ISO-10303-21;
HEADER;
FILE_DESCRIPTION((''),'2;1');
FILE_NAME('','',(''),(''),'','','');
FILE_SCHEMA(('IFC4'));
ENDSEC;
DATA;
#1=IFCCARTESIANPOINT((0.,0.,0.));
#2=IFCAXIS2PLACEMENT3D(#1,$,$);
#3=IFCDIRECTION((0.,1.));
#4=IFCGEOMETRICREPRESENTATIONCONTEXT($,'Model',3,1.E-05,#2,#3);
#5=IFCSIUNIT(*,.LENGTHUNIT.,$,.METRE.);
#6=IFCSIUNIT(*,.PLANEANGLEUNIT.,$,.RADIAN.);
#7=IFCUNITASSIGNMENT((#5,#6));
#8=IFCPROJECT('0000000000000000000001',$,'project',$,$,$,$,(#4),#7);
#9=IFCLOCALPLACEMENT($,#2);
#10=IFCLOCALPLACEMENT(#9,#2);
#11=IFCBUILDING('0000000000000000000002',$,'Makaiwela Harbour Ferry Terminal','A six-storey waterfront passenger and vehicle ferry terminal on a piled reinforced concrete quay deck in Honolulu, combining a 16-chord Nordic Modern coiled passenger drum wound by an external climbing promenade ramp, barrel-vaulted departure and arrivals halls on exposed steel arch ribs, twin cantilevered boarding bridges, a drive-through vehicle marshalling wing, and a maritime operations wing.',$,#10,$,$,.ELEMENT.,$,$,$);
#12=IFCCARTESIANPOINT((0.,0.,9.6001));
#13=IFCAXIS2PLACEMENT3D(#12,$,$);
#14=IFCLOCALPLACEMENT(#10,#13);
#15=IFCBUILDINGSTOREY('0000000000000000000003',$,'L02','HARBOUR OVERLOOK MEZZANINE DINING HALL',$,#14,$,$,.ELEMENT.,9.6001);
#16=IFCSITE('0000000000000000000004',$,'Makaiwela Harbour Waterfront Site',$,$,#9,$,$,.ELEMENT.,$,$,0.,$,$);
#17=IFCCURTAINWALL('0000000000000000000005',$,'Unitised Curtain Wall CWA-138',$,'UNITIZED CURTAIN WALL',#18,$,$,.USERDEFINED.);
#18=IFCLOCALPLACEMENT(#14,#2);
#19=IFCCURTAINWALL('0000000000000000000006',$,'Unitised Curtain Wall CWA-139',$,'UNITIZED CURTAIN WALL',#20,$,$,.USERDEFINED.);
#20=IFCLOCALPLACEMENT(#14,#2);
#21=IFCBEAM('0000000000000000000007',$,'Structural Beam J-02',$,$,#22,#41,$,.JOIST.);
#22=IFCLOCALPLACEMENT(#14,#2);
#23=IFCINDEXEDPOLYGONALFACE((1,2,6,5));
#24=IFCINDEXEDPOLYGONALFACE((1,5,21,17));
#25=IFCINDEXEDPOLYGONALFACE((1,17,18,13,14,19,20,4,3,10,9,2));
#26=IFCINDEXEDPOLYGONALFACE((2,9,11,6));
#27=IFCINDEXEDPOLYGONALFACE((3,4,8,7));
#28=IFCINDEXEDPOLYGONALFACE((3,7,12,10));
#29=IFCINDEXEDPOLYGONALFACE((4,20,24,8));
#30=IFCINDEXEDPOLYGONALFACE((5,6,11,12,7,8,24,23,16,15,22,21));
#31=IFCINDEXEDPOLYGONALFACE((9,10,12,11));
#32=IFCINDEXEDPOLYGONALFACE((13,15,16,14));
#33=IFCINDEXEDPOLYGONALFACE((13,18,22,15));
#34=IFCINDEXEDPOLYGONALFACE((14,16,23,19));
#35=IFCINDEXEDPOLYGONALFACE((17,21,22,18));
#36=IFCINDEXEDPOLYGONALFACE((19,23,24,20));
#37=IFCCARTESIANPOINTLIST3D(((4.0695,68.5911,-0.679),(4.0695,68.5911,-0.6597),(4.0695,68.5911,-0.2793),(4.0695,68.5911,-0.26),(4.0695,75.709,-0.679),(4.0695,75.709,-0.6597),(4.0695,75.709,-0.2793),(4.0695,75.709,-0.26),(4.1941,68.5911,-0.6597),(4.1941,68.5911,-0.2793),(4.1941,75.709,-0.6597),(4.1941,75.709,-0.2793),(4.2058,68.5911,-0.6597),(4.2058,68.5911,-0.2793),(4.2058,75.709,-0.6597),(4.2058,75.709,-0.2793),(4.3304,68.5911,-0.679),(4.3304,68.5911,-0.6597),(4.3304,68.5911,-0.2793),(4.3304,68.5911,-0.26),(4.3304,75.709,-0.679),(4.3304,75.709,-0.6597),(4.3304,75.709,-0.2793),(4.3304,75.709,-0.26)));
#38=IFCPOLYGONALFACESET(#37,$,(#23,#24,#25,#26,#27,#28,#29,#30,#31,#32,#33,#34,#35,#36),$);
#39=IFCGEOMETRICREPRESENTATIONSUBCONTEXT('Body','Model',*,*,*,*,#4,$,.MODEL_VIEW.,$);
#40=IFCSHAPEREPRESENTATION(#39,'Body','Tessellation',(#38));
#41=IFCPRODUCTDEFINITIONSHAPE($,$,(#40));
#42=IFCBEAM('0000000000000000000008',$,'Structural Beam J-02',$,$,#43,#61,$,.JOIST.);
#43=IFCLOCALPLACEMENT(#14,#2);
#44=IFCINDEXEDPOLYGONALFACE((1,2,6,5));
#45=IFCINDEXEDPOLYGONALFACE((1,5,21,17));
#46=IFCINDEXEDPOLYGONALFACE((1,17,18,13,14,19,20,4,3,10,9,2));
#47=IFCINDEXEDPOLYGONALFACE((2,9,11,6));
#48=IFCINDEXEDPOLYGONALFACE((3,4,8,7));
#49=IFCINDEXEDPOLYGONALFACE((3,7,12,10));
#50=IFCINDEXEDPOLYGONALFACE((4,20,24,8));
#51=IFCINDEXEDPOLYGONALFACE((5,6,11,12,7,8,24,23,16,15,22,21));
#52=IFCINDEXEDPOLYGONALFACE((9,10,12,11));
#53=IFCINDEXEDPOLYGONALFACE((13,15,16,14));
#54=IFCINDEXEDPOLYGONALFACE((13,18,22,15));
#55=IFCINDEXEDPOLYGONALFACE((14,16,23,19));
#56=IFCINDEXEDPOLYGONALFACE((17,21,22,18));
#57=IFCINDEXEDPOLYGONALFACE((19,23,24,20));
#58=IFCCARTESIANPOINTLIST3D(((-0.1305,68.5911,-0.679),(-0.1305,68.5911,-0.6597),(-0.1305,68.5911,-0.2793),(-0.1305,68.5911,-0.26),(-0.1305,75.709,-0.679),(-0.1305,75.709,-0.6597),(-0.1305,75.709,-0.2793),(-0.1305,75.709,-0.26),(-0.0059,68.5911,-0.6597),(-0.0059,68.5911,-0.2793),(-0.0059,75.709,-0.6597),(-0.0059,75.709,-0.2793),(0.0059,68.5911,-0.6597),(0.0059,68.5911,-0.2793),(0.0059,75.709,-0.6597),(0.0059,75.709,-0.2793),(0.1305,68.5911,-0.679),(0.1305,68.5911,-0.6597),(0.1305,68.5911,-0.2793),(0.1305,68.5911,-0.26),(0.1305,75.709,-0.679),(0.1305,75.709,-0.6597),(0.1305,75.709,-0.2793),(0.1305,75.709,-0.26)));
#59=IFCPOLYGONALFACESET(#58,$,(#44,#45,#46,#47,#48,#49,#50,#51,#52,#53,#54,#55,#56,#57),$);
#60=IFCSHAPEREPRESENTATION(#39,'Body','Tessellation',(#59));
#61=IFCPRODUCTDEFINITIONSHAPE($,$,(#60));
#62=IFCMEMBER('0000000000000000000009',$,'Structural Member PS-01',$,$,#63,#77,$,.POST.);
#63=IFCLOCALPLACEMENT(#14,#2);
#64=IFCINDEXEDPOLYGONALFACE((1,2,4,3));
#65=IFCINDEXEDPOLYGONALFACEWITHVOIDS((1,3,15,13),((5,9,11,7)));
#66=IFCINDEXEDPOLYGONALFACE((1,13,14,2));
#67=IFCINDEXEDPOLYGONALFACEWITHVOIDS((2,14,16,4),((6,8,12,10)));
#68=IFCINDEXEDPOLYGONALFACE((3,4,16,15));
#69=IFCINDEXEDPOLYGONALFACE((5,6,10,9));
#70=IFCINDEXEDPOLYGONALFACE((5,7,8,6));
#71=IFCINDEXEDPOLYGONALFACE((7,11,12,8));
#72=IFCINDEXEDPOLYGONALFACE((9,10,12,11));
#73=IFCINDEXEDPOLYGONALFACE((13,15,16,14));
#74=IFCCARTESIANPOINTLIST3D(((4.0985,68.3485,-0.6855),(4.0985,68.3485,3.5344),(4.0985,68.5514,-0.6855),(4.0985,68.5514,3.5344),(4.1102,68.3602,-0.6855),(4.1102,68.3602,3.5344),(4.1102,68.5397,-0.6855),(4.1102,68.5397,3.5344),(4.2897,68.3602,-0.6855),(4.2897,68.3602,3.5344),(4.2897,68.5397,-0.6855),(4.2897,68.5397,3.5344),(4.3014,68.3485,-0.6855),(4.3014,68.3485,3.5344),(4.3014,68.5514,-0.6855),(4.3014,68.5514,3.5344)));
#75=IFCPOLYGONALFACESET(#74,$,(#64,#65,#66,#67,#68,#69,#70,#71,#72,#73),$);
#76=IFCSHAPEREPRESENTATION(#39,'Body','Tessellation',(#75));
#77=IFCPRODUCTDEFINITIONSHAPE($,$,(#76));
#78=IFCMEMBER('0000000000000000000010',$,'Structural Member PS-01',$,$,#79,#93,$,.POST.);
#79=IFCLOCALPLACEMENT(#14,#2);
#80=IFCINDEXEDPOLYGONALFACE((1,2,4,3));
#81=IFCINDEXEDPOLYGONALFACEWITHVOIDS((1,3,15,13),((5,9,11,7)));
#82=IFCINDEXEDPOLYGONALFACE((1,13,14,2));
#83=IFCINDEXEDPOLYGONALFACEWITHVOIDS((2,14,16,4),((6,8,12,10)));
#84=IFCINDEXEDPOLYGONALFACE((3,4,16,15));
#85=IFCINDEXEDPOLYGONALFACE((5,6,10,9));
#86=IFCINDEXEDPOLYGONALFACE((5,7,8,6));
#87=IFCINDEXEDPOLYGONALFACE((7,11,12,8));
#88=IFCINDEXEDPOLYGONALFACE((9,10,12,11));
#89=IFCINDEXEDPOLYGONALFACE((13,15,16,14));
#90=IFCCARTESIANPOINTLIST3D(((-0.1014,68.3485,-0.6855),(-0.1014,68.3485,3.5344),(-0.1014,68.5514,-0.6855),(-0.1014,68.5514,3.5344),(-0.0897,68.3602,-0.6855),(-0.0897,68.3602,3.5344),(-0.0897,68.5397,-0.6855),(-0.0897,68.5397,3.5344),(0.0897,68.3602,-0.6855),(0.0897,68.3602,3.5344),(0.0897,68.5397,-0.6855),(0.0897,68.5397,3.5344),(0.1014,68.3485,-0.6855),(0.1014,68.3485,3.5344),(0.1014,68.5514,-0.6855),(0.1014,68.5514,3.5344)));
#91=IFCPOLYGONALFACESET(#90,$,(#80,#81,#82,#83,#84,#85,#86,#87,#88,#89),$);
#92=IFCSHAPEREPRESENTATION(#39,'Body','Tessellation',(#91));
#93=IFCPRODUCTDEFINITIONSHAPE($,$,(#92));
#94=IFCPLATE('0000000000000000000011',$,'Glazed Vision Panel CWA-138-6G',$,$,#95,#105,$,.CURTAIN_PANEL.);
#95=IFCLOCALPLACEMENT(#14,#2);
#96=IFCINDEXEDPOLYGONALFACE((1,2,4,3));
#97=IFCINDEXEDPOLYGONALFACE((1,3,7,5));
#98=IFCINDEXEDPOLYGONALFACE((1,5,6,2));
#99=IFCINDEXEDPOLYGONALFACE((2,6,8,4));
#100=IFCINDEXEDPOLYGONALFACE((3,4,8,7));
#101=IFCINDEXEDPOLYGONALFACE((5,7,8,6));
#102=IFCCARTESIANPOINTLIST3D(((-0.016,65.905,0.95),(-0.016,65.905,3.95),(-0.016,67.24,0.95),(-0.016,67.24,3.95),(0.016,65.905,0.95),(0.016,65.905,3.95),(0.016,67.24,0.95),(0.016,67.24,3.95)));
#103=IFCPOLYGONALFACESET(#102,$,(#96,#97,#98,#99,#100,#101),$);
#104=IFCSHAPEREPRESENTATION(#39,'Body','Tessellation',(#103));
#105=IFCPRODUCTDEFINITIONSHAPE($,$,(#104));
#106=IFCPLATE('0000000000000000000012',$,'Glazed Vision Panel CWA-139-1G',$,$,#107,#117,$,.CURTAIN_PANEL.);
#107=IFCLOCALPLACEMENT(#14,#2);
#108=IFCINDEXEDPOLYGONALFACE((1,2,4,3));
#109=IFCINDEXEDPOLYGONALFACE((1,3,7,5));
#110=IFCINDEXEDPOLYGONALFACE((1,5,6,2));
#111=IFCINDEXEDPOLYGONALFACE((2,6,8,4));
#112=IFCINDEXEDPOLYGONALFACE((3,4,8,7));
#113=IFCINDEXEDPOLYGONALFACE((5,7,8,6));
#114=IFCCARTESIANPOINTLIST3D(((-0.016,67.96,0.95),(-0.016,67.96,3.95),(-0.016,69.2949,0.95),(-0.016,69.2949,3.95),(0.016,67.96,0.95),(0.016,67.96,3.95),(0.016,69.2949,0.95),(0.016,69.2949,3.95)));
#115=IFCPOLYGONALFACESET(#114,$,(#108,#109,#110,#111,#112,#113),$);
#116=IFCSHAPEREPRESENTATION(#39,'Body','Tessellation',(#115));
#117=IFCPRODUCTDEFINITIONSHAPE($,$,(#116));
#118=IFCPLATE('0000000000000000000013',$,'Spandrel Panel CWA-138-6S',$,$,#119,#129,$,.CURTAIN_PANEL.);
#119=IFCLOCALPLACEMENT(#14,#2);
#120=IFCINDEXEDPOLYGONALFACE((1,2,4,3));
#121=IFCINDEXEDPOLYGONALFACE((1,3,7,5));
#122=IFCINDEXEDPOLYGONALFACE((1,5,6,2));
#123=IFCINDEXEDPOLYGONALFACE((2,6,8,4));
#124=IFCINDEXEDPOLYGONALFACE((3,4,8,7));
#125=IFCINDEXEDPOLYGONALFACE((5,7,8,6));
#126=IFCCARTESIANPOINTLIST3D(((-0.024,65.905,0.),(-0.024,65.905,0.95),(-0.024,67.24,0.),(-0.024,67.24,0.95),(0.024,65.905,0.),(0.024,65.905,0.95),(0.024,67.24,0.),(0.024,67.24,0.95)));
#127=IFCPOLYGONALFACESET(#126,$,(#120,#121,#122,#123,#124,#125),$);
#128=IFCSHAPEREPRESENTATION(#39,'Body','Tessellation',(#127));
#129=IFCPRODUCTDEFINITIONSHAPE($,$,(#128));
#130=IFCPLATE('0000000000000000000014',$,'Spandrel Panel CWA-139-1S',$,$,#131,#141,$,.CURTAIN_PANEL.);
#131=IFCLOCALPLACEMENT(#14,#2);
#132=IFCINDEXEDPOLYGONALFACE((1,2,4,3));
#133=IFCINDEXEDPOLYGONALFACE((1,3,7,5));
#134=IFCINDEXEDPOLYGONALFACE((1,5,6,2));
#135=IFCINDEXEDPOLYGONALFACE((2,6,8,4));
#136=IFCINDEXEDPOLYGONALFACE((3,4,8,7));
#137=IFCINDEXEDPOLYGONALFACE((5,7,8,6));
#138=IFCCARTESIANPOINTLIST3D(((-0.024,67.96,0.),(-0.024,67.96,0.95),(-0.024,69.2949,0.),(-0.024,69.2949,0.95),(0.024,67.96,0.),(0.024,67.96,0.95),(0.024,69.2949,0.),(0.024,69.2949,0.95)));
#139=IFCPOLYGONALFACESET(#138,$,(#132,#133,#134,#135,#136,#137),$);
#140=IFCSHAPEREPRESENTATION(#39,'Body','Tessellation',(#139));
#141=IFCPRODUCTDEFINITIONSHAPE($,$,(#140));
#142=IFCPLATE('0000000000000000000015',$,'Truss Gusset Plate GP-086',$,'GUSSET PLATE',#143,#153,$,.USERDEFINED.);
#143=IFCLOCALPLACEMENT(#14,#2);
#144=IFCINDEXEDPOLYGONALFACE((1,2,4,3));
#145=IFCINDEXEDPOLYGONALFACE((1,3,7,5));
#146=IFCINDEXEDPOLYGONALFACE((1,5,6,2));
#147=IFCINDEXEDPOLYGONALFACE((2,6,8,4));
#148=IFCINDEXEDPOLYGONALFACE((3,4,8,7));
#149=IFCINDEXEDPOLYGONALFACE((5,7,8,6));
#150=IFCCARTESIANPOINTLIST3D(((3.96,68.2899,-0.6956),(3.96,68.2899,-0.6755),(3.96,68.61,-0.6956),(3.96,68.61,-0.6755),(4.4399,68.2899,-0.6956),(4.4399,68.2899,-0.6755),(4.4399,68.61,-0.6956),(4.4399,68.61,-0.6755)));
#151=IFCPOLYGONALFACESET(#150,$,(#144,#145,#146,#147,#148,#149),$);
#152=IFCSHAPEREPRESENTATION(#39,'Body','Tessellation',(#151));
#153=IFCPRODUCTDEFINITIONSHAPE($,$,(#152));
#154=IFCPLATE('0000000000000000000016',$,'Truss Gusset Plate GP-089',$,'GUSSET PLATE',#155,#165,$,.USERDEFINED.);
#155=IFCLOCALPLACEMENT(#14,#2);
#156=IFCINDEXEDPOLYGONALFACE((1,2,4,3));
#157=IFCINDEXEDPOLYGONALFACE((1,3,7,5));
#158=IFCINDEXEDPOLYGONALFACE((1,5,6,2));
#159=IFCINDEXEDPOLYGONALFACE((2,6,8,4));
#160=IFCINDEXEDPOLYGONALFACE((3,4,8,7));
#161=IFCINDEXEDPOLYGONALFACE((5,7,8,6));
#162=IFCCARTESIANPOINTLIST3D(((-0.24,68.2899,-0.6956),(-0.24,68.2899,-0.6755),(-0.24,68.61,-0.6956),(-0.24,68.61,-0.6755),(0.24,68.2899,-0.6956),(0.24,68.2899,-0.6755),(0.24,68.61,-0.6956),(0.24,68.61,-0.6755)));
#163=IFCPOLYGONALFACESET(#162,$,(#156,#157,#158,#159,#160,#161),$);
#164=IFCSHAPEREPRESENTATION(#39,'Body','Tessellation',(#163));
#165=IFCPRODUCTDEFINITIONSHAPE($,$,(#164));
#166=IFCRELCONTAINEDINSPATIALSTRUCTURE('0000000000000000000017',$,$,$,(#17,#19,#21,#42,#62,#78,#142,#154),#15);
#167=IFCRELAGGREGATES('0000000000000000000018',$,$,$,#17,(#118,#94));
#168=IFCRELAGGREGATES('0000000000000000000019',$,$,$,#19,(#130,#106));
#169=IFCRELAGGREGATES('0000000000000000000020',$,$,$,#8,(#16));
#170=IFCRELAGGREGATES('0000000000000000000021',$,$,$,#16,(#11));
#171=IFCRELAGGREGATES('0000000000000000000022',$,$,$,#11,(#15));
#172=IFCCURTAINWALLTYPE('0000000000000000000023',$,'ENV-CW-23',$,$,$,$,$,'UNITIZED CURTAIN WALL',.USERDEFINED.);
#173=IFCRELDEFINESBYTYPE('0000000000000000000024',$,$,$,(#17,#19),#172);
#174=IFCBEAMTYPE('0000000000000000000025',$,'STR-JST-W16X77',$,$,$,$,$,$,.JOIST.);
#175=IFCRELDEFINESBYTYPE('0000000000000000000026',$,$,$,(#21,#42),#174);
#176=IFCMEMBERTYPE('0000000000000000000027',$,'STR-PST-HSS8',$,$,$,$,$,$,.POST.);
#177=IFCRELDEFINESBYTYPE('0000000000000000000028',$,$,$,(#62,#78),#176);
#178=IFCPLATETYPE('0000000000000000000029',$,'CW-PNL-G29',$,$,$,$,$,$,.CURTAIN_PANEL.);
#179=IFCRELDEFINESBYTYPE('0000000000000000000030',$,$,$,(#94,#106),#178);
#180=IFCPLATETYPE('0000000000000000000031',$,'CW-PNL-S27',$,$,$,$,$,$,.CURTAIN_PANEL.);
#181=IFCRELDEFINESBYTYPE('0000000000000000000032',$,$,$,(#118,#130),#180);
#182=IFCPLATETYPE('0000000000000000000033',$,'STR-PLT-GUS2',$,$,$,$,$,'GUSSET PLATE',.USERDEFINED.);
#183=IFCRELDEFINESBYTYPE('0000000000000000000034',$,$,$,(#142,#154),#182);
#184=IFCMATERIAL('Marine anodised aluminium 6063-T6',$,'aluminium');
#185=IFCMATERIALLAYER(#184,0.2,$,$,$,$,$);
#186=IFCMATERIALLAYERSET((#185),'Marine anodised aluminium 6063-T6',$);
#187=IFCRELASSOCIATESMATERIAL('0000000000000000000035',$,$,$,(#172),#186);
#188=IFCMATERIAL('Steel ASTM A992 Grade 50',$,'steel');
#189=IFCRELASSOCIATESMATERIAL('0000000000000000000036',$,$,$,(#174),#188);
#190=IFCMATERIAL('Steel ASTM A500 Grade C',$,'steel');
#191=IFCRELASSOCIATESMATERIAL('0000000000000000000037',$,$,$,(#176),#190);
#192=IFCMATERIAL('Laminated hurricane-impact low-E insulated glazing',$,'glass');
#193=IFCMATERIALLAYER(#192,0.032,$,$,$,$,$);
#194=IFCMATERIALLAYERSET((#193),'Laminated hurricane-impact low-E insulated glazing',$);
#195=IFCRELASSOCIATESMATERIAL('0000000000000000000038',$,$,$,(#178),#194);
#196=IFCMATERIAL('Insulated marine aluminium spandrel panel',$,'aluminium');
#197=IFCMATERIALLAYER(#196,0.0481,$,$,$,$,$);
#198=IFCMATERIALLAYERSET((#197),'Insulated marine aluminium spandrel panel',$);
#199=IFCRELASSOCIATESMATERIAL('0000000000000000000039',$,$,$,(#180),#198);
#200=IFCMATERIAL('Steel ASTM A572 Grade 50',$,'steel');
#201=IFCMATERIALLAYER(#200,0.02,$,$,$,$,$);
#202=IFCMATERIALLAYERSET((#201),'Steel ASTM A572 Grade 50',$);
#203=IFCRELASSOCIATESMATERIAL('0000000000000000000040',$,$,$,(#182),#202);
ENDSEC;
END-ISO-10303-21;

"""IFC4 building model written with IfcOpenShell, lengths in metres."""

from ifc_helpers import new_model, si_unit, direction, frame, origin, origin_2d, place, context, subcontext, project, spatial, rectangle, hollow_rectangle, i_section, extrude, material, layer, layer_set, material_profile, profile_set, type_object, element, aggregate, save


model = new_model("IFC4")

# Units and contexts
model_context = context("Model", 3, precision=1e-05, world=origin(), true_north=direction((0.0, 1.0)))
body_context = subcontext(model_context, "Body", "Model", "MODEL_VIEW")
ifc_project = project(units=[si_unit("LENGTHUNIT", "METRE"), si_unit("PLANEANGLEUNIT", "RADIAN")], contexts=[model_context])

# Site, building, storey
site_placement = place(None, origin())
site = spatial("IfcSite", under=ifc_project, at=site_placement, Name="Makaiwela Harbour Waterfront Site", CompositionType="ELEMENT", RefElevation=0.0)
building_placement = place(site_placement, origin())
building = spatial("IfcBuilding", under=site, at=building_placement, Name="Makaiwela Harbour Ferry Terminal", Description="A six-storey waterfront passenger and vehicle ferry terminal on a piled reinforced concrete quay deck in Honolulu, combining a 16-chord Nordic Modern coiled passenger drum wound by an external climbing promenade ramp, barrel-vaulted departure and arrivals halls on exposed steel arch ribs, twin cantilevered boarding bridges, a drive-through vehicle marshalling wing, and a maritime operations wing.", CompositionType="ELEMENT")
storey_placement = place(building_placement, frame((0.0, 0.0, 9.6001)))
storey = spatial("IfcBuildingStorey", under=building, at=storey_placement, Name="L02", Description="HARBOUR OVERLOOK MEZZANINE DINING HALL", CompositionType="ELEMENT", Elevation=9.6001)

# Curtain walls
ifc_material_1 = material(Name="Marine anodised aluminium 6063-T6", Category="aluminium")
ifc_layer_1 = layer(ifc_material_1, 0.2)
ifc_layer_set_1 = layer_set([ifc_layer_1], Name="Marine anodised aluminium 6063-T6")
curtain_wall_type = type_object("IfcCurtainWallType", Name="ENV-CW-23", ElementType="UNITIZED CURTAIN WALL", PredefinedType="USERDEFINED", material=ifc_layer_set_1)
curtain_wall_1_placement = place(storey_placement, origin())
curtain_wall_1 = element("IfcCurtainWall", 1, at=curtain_wall_1_placement, inside=storey, type_object=curtain_wall_type, Name="Unitised Curtain Wall CWA-138", ObjectType="UNITIZED CURTAIN WALL", PredefinedType="USERDEFINED")
curtain_wall_2_placement = place(storey_placement, origin())
curtain_wall_2 = element("IfcCurtainWall", 2, at=curtain_wall_2_placement, inside=storey, type_object=curtain_wall_type, Name="Unitised Curtain Wall CWA-139", ObjectType="UNITIZED CURTAIN WALL", PredefinedType="USERDEFINED")

# Shared definitions
ifc_material_2 = material(Name="Steel ASTM A500 Grade C", Category="steel")

# Beams
ifc_material_3 = material(Name="Steel ASTM A992 Grade 50", Category="steel")
ifc_material_profile_1 = material_profile(ifc_material_3, i_section(OverallWidth=0.261, OverallDepth=0.4189, WebThickness=0.0117, FlangeThickness=0.0193, at=origin_2d()), Name="W16X77")
ifc_profile_set_1 = profile_set([ifc_material_profile_1], Name="Steel ASTM A992 Grade 50")
beam_type_1 = type_object("IfcBeamType", Name="STR-JST-W16X77", PredefinedType="JOIST", material=ifc_profile_set_1)
for number, where, z_axis, x_axis, name in (
    (3, (4.2, 68.5911, -0.4695), (0.0, 1.0, 0.0), (-1.0, 0.0, 0.0), "Structural Beam J-02"),
    (4, (0.0, 68.5911, -0.4695), (0.0, 1.0, 0.0), (-1.0, 0.0, 0.0), "Structural Beam J-02"),
):
    element("IfcBeam", number, at=place(storey_placement, frame(where, z_axis=z_axis, x_axis=x_axis)), inside=storey, type_object=beam_type_1, Name=name, PredefinedType="JOIST", context=body_context, shape_type="SweptSolid", body=[
        extrude(i_section(OverallWidth=0.261, OverallDepth=0.4189, WebThickness=0.0117, FlangeThickness=0.0193, at=origin_2d()), origin(), (0.0, 0.0, 1.0), 7.1179),
    ])

# Members
ifc_material_profile_2 = material_profile(ifc_material_2, hollow_rectangle(XDim=0.2029, YDim=0.2029, WallThickness=0.0117, at=origin_2d()), Name="HSS8X8X1/2")
ifc_profile_set_2 = profile_set([ifc_material_profile_2], Name="Steel ASTM A500 Grade C")
member_type_1 = type_object("IfcMemberType", Name="STR-PST-HSS8", PredefinedType="POST", material=ifc_profile_set_2)
for number, where, z_axis, x_axis, name in (
    (5, (4.2, 68.45, -0.6855), (0.0, 0.0, 1.0), (1.0, 0.0, 0.0), "Structural Member PS-01"),
    (6, (0.0, 68.45, -0.6855), (0.0, 0.0, 1.0), (1.0, 0.0, 0.0), "Structural Member PS-01"),
):
    element("IfcMember", number, at=place(storey_placement, frame(where, z_axis=z_axis, x_axis=x_axis)), inside=storey, type_object=member_type_1, Name=name, PredefinedType="POST", context=body_context, shape_type="SweptSolid", body=[
        extrude(hollow_rectangle(XDim=0.2029, YDim=0.2029, WallThickness=0.0117, at=origin_2d()), origin(), (0.0, 0.0, 1.0), 4.22),
    ])

# Plates
ifc_material_4 = material(Name="Laminated hurricane-impact low-E insulated glazing", Category="glass")
ifc_layer_2 = layer(ifc_material_4, 0.032)
ifc_layer_set_2 = layer_set([ifc_layer_2], Name="Laminated hurricane-impact low-E insulated glazing")
plate_type_1 = type_object("IfcPlateType", Name="CW-PNL-G29", PredefinedType="CURTAIN_PANEL", material=ifc_layer_set_2)
plate_1_placement = place(storey_placement, frame((0.0, 66.5725, 0.95), z_axis=(0.0, 0.0, 1.0), x_axis=(0.0, 1.0, 0.0)))
plate_1 = element("IfcPlate", 7, at=plate_1_placement, type_object=plate_type_1, Name="Glazed Vision Panel CWA-138-6G", PredefinedType="CURTAIN_PANEL", context=body_context, shape_type="SweptSolid", body=[
    extrude(rectangle(XDim=1.335, YDim=0.032, at=origin_2d()), origin(), (0.0, 0.0, 1.0), 3.0),
])
plate_2_placement = place(storey_placement, frame((0.0, 68.6274, 0.95), z_axis=(0.0, 0.0, 1.0), x_axis=(0.0, 1.0, 0.0)))
plate_2 = element("IfcPlate", 8, at=plate_2_placement, type_object=plate_type_1, Name="Glazed Vision Panel CWA-139-1G", PredefinedType="CURTAIN_PANEL", context=body_context, shape_type="SweptSolid", body=[
    extrude(rectangle(XDim=1.335, YDim=0.032, at=origin_2d()), origin(), (0.0, 0.0, 1.0), 3.0),
])
ifc_material_5 = material(Name="Insulated marine aluminium spandrel panel", Category="aluminium")
ifc_layer_3 = layer(ifc_material_5, 0.0481)
ifc_layer_set_3 = layer_set([ifc_layer_3], Name="Insulated marine aluminium spandrel panel")
plate_type_2 = type_object("IfcPlateType", Name="CW-PNL-S27", PredefinedType="CURTAIN_PANEL", material=ifc_layer_set_3)
plate_3_placement = place(storey_placement, frame((0.0, 66.5725, 0.0), z_axis=(0.0, 0.0, 1.0), x_axis=(0.0, 1.0, 0.0)))
plate_3 = element("IfcPlate", 9, at=plate_3_placement, type_object=plate_type_2, Name="Spandrel Panel CWA-138-6S", PredefinedType="CURTAIN_PANEL", context=body_context, shape_type="SweptSolid", body=[
    extrude(rectangle(XDim=1.335, YDim=0.0481, at=origin_2d()), origin(), (0.0, 0.0, 1.0), 0.95),
])
aggregate(curtain_wall_1, [plate_3, plate_1])
plate_4_placement = place(storey_placement, frame((0.0, 68.6274, 0.0), z_axis=(0.0, 0.0, 1.0), x_axis=(0.0, 1.0, 0.0)))
plate_4 = element("IfcPlate", 10, at=plate_4_placement, type_object=plate_type_2, Name="Spandrel Panel CWA-139-1S", PredefinedType="CURTAIN_PANEL", context=body_context, shape_type="SweptSolid", body=[
    extrude(rectangle(XDim=1.335, YDim=0.0481, at=origin_2d()), origin(), (0.0, 0.0, 1.0), 0.95),
])
aggregate(curtain_wall_2, [plate_4, plate_2])

# Plates
ifc_material_6 = material(Name="Steel ASTM A572 Grade 50", Category="steel")
ifc_layer_4 = layer(ifc_material_6, 0.02)
ifc_layer_set_4 = layer_set([ifc_layer_4], Name="Steel ASTM A572 Grade 50")
plate_type_3 = type_object("IfcPlateType", Name="STR-PLT-GUS2", ElementType="GUSSET PLATE", PredefinedType="USERDEFINED", material=ifc_layer_set_4)
for number, where, z_axis, x_axis, name in (
    (11, (4.2, 68.45, -0.6956), (0.0, 0.0, 1.0), (1.0, 0.0, 0.0), "Truss Gusset Plate GP-086"),
    (12, (0.0, 68.45, -0.6956), (0.0, 0.0, 1.0), (1.0, 0.0, 0.0), "Truss Gusset Plate GP-089"),
):
    element("IfcPlate", number, at=place(storey_placement, frame(where, z_axis=z_axis, x_axis=x_axis)), inside=storey, type_object=plate_type_3, Name=name, ObjectType="GUSSET PLATE", PredefinedType="USERDEFINED", context=body_context, shape_type="SweptSolid", body=[
        extrude(rectangle(XDim=0.48, YDim=0.3201, at=origin_2d()), origin(), (0.0, 0.0, 1.0), 0.02),
    ])

save(model, "model.ifc")
